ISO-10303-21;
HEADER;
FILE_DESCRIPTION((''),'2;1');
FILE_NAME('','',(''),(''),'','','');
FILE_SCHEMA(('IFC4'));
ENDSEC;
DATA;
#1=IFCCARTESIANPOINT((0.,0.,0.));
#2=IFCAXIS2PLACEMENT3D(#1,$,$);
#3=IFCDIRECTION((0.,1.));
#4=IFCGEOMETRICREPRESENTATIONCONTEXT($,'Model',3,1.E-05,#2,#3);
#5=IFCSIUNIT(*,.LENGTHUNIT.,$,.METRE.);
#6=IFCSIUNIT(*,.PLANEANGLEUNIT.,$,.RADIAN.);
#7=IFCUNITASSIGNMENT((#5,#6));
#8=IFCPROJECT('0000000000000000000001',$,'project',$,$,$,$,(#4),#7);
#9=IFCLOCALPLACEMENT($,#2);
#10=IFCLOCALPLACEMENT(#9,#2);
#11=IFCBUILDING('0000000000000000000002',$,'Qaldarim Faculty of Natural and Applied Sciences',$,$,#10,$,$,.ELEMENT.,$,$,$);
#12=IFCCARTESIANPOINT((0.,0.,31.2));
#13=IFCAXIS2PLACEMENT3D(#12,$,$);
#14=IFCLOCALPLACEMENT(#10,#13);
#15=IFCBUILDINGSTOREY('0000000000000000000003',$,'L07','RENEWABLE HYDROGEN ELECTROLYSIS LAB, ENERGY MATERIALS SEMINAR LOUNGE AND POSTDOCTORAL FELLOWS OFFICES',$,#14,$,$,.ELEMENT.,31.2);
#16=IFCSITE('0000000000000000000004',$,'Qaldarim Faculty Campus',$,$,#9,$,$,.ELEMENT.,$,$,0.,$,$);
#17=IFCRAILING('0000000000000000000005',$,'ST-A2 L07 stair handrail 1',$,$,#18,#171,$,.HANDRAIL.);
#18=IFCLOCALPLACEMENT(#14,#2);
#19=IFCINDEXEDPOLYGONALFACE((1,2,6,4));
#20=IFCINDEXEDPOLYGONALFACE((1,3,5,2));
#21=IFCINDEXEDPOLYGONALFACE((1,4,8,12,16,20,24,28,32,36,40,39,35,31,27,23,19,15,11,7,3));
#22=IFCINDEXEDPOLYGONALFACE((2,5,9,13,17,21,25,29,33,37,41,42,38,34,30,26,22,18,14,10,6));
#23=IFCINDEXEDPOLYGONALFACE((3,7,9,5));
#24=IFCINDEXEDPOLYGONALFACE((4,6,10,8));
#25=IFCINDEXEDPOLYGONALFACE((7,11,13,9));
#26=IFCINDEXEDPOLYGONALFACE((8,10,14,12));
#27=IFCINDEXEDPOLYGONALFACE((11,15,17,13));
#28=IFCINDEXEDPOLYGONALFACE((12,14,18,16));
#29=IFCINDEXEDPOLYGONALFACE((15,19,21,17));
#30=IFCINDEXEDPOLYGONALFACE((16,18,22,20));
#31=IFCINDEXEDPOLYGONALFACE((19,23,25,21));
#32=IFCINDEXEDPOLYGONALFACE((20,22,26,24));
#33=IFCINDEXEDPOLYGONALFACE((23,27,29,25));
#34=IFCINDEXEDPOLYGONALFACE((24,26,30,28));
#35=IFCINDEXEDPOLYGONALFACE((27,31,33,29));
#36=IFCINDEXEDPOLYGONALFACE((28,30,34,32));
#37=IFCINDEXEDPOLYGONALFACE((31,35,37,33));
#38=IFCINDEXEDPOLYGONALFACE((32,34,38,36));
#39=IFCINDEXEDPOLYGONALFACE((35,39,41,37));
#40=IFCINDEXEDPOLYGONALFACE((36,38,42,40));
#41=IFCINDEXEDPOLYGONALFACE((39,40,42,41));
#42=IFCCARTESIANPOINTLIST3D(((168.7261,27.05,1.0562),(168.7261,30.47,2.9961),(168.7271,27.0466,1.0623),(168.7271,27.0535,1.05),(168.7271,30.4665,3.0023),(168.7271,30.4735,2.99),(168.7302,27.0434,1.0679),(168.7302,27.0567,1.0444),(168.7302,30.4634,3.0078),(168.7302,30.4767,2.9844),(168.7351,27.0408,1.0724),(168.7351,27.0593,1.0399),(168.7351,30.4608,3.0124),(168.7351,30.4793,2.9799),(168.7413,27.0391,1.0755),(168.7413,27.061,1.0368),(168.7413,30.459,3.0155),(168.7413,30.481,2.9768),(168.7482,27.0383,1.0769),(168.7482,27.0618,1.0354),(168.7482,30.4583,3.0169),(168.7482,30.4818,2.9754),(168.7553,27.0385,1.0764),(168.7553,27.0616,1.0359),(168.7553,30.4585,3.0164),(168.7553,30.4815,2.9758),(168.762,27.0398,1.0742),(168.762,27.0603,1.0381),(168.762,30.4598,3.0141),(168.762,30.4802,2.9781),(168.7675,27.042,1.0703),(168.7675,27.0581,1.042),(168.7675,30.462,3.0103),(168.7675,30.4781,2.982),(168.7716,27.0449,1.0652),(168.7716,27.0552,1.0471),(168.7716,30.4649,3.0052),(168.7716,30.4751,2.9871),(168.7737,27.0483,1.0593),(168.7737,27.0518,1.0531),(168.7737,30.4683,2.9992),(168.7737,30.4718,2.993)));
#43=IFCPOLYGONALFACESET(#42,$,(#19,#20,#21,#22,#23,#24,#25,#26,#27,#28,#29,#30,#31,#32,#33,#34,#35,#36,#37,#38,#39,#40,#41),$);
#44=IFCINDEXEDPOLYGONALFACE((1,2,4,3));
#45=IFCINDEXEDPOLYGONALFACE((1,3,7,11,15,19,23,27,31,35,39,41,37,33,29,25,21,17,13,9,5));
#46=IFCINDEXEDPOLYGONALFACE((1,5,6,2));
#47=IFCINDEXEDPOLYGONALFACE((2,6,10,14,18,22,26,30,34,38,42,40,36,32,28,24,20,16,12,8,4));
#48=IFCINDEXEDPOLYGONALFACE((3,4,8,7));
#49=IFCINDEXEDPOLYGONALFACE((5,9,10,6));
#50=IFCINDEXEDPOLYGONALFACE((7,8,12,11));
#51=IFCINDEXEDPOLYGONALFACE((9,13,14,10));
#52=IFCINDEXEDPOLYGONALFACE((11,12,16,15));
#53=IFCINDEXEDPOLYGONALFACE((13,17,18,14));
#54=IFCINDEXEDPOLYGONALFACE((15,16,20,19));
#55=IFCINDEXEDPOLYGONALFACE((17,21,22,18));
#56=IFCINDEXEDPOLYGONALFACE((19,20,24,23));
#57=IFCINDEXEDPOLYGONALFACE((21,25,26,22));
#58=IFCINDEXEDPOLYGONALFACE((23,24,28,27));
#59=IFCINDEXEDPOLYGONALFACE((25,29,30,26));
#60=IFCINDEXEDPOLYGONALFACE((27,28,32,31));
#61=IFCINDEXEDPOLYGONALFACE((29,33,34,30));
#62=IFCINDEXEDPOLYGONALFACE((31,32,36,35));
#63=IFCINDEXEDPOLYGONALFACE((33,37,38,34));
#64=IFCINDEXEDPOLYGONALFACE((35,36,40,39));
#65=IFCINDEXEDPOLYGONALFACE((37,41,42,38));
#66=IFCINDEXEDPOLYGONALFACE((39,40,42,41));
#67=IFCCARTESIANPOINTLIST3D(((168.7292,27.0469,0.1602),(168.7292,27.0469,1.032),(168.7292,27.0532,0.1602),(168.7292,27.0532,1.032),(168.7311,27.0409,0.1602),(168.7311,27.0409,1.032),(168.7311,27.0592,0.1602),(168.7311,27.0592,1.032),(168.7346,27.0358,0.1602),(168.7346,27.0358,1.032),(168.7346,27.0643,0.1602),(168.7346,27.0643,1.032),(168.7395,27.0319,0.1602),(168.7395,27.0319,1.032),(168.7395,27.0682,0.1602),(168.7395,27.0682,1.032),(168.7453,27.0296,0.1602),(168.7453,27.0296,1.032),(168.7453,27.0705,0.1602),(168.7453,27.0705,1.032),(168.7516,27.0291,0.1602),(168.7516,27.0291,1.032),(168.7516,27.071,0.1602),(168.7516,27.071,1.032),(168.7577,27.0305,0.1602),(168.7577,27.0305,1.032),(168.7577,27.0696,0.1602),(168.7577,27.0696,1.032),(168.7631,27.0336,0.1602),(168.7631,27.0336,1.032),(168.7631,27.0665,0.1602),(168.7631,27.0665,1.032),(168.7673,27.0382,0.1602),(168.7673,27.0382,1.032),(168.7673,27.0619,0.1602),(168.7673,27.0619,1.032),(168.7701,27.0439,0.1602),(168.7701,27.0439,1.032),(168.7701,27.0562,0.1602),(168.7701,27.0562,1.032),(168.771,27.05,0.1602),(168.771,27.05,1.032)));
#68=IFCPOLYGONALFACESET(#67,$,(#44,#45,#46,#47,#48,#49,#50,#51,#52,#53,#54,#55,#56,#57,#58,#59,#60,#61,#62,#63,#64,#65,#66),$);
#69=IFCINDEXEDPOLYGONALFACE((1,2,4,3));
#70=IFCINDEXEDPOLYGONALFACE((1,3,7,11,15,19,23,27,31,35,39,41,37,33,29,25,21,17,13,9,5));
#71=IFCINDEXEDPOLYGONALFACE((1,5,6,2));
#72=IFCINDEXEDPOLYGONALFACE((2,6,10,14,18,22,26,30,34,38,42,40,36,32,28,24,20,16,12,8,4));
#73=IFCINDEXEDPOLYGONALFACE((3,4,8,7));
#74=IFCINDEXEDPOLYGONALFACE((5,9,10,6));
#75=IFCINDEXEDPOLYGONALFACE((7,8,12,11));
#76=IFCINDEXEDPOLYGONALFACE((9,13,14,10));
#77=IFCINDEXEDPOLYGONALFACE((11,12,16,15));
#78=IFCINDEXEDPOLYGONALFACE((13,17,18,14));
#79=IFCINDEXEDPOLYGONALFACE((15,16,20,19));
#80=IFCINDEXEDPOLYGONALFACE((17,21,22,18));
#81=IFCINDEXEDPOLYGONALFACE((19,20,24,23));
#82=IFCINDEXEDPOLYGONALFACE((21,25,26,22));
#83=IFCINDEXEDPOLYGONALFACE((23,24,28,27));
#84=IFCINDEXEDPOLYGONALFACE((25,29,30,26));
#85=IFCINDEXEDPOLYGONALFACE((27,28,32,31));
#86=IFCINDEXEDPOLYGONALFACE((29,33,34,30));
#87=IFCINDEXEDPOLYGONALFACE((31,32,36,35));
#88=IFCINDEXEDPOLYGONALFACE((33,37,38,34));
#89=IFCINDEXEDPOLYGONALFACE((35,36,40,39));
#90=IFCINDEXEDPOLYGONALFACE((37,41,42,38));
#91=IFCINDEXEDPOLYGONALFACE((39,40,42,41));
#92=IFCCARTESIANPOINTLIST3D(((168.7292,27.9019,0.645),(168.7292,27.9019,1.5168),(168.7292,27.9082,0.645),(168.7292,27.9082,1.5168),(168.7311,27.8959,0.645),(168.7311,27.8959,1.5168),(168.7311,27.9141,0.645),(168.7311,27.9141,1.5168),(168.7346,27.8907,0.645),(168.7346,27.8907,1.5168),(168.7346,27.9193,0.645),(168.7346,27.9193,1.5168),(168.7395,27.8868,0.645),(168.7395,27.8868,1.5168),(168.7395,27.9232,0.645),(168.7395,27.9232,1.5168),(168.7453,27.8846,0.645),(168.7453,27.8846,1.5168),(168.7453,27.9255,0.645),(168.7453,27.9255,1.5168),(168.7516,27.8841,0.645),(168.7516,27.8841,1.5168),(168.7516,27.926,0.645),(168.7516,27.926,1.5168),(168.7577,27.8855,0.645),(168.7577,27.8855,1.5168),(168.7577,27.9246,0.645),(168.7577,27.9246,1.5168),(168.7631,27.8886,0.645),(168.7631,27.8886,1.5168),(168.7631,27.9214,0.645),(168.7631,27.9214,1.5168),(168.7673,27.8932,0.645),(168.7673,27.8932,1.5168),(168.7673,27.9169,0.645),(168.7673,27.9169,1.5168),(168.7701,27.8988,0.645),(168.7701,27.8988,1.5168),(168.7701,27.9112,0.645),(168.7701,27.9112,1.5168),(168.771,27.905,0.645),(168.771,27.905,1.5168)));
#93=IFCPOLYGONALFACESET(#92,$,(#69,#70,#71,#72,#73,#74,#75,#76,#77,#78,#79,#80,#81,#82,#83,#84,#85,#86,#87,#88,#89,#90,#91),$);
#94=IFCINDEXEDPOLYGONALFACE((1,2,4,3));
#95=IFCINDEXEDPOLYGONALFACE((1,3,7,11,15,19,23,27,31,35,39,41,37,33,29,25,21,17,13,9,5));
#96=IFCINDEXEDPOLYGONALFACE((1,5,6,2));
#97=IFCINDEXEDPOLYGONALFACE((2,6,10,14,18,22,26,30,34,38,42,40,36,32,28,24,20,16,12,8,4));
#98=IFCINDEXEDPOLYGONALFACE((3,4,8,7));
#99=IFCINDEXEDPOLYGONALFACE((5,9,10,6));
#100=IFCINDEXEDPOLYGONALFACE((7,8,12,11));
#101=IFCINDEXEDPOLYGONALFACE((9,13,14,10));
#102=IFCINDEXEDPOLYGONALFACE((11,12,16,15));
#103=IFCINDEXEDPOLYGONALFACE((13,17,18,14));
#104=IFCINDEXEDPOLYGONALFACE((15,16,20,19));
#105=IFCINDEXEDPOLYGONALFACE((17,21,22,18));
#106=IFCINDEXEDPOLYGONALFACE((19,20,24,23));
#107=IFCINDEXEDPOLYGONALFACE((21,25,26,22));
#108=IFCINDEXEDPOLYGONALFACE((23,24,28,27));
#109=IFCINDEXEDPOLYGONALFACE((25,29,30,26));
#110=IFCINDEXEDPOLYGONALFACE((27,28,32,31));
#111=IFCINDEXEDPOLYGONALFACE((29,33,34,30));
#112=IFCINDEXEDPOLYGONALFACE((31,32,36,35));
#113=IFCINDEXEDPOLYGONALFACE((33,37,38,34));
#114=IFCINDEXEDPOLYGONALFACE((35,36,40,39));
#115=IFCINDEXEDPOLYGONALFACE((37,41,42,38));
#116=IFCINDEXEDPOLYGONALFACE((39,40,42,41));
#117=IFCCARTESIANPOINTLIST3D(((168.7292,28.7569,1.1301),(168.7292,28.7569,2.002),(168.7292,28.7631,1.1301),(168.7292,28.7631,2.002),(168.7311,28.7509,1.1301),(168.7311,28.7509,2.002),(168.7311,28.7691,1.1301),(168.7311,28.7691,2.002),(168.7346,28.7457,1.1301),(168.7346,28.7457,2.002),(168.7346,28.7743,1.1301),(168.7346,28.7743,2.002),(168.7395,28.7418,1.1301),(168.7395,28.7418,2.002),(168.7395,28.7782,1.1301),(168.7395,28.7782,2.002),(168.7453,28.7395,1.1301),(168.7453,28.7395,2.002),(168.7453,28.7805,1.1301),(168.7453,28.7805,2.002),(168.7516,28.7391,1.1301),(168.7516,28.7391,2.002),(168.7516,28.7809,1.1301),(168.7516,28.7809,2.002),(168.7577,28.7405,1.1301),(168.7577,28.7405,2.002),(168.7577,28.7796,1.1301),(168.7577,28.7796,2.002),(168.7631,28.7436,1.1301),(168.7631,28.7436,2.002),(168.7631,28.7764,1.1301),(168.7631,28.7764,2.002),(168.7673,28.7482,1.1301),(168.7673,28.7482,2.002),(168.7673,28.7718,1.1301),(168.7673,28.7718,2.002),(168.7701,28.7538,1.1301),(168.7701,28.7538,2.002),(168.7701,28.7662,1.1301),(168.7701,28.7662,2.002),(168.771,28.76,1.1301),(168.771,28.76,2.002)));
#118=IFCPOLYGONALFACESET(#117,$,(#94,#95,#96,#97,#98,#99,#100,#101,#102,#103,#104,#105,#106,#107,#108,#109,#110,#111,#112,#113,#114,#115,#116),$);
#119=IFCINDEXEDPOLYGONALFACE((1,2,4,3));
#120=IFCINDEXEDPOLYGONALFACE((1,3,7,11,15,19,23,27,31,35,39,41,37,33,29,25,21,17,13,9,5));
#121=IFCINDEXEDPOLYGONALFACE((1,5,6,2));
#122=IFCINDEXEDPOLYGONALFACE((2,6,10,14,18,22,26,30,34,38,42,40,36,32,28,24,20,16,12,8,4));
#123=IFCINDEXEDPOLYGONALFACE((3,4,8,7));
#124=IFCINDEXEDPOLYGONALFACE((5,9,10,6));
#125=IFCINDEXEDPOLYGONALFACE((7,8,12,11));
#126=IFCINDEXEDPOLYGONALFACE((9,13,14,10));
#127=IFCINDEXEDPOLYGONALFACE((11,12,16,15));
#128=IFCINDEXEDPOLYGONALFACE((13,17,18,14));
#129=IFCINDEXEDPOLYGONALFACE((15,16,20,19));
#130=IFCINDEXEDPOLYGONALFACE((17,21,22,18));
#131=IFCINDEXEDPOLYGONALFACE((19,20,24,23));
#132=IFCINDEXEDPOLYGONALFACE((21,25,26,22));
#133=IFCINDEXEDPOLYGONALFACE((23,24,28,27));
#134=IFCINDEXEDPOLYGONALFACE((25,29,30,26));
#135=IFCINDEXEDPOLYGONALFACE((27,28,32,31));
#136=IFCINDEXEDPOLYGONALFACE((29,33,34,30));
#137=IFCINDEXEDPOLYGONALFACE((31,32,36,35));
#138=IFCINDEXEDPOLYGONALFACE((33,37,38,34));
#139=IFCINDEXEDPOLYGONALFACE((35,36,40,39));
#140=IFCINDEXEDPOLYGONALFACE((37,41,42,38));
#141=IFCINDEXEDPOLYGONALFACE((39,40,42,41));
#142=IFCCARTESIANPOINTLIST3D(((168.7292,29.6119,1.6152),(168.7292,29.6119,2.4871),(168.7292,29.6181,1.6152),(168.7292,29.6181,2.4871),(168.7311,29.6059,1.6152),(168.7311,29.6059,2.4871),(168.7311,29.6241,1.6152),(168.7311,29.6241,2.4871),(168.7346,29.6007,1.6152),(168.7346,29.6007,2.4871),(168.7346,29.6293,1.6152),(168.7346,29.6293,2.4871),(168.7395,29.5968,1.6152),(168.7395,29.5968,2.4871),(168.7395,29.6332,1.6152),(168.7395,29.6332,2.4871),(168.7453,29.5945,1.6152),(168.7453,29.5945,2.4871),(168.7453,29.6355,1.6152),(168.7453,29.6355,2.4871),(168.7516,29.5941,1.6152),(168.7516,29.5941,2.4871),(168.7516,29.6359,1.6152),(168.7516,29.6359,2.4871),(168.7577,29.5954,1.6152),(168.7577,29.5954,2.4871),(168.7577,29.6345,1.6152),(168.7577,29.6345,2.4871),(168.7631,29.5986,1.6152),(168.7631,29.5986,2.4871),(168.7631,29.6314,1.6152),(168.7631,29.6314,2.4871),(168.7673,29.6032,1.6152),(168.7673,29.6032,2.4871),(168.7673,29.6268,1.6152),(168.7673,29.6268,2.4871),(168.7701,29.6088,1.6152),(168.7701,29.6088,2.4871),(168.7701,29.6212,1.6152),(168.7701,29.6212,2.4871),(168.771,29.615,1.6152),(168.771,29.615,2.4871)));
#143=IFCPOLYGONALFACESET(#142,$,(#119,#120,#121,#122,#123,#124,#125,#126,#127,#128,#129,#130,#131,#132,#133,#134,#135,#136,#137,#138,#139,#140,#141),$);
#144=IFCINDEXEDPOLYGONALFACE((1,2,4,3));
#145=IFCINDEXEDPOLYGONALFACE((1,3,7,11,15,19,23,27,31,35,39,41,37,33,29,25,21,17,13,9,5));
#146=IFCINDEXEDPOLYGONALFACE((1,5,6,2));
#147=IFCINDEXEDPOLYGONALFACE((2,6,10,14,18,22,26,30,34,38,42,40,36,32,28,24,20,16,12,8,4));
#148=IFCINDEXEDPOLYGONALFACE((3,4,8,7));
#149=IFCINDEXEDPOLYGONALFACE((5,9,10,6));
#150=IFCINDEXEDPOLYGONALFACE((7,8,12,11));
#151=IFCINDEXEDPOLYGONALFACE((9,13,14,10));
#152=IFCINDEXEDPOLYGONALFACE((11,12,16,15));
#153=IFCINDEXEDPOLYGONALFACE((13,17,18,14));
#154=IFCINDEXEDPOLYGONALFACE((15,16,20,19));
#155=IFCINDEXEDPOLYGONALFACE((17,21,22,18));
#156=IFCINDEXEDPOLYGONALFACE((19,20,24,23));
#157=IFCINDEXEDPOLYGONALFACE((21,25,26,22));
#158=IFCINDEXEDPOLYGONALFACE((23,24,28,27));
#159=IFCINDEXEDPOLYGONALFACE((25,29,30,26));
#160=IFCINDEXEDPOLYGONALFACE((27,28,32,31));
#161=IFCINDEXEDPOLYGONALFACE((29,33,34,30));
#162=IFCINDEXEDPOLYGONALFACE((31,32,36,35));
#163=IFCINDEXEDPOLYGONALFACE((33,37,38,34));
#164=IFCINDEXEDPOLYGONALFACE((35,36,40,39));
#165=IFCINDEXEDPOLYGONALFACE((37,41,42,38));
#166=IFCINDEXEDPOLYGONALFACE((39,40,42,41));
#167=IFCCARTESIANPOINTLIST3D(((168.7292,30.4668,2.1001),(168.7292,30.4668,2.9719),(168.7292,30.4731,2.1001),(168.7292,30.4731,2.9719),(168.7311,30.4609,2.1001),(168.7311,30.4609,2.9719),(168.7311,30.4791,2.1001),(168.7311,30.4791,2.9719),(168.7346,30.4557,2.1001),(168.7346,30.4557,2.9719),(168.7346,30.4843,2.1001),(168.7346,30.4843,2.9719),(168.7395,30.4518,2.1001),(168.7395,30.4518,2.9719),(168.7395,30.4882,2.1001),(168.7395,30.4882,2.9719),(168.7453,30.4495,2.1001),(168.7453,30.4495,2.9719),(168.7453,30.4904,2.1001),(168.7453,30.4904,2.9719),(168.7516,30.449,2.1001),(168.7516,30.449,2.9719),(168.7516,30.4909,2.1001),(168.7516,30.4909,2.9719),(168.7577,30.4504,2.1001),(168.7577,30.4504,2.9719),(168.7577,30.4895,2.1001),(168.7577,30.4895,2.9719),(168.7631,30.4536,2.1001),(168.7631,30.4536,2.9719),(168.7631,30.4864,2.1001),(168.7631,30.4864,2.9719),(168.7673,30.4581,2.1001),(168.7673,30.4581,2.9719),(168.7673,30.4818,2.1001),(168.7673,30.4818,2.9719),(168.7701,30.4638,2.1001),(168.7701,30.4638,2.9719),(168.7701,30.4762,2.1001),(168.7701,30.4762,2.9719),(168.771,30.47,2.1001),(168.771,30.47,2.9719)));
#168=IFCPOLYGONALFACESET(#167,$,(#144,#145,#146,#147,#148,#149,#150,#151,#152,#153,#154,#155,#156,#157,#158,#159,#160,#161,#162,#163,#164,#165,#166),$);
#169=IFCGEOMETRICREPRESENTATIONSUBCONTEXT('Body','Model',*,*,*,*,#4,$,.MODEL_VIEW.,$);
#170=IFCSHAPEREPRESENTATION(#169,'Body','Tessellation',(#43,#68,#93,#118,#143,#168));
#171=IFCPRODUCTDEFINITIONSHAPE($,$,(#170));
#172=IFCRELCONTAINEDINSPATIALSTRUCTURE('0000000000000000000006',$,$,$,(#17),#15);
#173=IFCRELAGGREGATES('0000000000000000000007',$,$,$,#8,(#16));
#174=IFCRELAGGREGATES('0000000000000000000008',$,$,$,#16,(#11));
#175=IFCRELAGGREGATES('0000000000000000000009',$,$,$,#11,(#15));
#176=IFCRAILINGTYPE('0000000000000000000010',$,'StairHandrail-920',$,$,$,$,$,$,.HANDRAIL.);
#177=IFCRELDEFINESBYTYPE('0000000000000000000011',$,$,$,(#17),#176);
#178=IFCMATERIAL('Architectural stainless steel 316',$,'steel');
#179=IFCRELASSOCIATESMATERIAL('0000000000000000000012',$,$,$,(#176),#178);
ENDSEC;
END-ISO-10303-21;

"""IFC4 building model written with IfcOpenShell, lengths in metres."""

from ifc_helpers import new_model, si_unit, direction, frame, origin, origin_2d, place, context, subcontext, project, spatial, circle, extrude, material, type_object, element, save


model = new_model("IFC4")

# Units and contexts
model_context = context("Model", 3, precision=1e-05, world=origin(), true_north=direction((0.0, 1.0)))
body_context = subcontext(model_context, "Body", "Model", "MODEL_VIEW")
ifc_project = project(units=[si_unit("LENGTHUNIT", "METRE"), si_unit("PLANEANGLEUNIT", "RADIAN")], contexts=[model_context])

# Site, building, storey
site_placement = place(None, origin())
site = spatial("IfcSite", under=ifc_project, at=site_placement, Name="Qaldarim Faculty Campus", CompositionType="ELEMENT", RefElevation=0.0)
building_placement = place(site_placement, origin())
building = spatial("IfcBuilding", under=site, at=building_placement, Name="Qaldarim Faculty of Natural and Applied Sciences", CompositionType="ELEMENT")
storey_placement = place(building_placement, frame((0.0, 0.0, 31.2)))
storey = spatial("IfcBuildingStorey", under=building, at=storey_placement, Name="L07", Description="RENEWABLE HYDROGEN ELECTROLYSIS LAB, ENERGY MATERIALS SEMINAR LOUNGE AND POSTDOCTORAL FELLOWS OFFICES", CompositionType="ELEMENT", Elevation=31.2)

# Shared definitions
ifc_material_1 = material(Name="Architectural stainless steel 316", Category="steel")

# Railing
railing_type_1 = type_object("IfcRailingType", Name="StairHandrail-920", PredefinedType="HANDRAIL", material=ifc_material_1)
railing_1_placement = place(storey_placement, frame((168.75, 27.05, 0.1602)))
element("IfcRailing", 1, at=railing_1_placement, inside=storey, type_object=railing_type_1, Name="ST-A2 L07 stair handrail 1", PredefinedType="HANDRAIL", context=body_context, shape_type="SweptSolid", body=[
    extrude(circle(Radius=0.0239, at=origin_2d()), frame((0.0, 0.0, 0.896), z_axis=(0.0, 0.869805, 0.493395), x_axis=(-1.0, 0.0, 0.0)), (0.0, 0.0, 1.0), 3.9319),
    extrude(circle(Radius=0.021, at=origin_2d()), origin(), (0.0, 0.0, 1.0), 0.8718),
    extrude(circle(Radius=0.021, at=origin_2d()), frame((0.0, 0.855, 0.4849)), (0.0, 0.0, 1.0), 0.8718),
    extrude(circle(Radius=0.021, at=origin_2d()), frame((0.0, 1.71, 0.97)), (0.0, 0.0, 1.0), 0.8718),
    extrude(circle(Radius=0.021, at=origin_2d()), frame((0.0, 2.5649, 1.4551)), (0.0, 0.0, 1.0), 0.8718),
    extrude(circle(Radius=0.021, at=origin_2d()), frame((0.0, 3.4199, 1.9399)), (0.0, 0.0, 1.0), 0.8718),
])

save(model, "model.ifc")
